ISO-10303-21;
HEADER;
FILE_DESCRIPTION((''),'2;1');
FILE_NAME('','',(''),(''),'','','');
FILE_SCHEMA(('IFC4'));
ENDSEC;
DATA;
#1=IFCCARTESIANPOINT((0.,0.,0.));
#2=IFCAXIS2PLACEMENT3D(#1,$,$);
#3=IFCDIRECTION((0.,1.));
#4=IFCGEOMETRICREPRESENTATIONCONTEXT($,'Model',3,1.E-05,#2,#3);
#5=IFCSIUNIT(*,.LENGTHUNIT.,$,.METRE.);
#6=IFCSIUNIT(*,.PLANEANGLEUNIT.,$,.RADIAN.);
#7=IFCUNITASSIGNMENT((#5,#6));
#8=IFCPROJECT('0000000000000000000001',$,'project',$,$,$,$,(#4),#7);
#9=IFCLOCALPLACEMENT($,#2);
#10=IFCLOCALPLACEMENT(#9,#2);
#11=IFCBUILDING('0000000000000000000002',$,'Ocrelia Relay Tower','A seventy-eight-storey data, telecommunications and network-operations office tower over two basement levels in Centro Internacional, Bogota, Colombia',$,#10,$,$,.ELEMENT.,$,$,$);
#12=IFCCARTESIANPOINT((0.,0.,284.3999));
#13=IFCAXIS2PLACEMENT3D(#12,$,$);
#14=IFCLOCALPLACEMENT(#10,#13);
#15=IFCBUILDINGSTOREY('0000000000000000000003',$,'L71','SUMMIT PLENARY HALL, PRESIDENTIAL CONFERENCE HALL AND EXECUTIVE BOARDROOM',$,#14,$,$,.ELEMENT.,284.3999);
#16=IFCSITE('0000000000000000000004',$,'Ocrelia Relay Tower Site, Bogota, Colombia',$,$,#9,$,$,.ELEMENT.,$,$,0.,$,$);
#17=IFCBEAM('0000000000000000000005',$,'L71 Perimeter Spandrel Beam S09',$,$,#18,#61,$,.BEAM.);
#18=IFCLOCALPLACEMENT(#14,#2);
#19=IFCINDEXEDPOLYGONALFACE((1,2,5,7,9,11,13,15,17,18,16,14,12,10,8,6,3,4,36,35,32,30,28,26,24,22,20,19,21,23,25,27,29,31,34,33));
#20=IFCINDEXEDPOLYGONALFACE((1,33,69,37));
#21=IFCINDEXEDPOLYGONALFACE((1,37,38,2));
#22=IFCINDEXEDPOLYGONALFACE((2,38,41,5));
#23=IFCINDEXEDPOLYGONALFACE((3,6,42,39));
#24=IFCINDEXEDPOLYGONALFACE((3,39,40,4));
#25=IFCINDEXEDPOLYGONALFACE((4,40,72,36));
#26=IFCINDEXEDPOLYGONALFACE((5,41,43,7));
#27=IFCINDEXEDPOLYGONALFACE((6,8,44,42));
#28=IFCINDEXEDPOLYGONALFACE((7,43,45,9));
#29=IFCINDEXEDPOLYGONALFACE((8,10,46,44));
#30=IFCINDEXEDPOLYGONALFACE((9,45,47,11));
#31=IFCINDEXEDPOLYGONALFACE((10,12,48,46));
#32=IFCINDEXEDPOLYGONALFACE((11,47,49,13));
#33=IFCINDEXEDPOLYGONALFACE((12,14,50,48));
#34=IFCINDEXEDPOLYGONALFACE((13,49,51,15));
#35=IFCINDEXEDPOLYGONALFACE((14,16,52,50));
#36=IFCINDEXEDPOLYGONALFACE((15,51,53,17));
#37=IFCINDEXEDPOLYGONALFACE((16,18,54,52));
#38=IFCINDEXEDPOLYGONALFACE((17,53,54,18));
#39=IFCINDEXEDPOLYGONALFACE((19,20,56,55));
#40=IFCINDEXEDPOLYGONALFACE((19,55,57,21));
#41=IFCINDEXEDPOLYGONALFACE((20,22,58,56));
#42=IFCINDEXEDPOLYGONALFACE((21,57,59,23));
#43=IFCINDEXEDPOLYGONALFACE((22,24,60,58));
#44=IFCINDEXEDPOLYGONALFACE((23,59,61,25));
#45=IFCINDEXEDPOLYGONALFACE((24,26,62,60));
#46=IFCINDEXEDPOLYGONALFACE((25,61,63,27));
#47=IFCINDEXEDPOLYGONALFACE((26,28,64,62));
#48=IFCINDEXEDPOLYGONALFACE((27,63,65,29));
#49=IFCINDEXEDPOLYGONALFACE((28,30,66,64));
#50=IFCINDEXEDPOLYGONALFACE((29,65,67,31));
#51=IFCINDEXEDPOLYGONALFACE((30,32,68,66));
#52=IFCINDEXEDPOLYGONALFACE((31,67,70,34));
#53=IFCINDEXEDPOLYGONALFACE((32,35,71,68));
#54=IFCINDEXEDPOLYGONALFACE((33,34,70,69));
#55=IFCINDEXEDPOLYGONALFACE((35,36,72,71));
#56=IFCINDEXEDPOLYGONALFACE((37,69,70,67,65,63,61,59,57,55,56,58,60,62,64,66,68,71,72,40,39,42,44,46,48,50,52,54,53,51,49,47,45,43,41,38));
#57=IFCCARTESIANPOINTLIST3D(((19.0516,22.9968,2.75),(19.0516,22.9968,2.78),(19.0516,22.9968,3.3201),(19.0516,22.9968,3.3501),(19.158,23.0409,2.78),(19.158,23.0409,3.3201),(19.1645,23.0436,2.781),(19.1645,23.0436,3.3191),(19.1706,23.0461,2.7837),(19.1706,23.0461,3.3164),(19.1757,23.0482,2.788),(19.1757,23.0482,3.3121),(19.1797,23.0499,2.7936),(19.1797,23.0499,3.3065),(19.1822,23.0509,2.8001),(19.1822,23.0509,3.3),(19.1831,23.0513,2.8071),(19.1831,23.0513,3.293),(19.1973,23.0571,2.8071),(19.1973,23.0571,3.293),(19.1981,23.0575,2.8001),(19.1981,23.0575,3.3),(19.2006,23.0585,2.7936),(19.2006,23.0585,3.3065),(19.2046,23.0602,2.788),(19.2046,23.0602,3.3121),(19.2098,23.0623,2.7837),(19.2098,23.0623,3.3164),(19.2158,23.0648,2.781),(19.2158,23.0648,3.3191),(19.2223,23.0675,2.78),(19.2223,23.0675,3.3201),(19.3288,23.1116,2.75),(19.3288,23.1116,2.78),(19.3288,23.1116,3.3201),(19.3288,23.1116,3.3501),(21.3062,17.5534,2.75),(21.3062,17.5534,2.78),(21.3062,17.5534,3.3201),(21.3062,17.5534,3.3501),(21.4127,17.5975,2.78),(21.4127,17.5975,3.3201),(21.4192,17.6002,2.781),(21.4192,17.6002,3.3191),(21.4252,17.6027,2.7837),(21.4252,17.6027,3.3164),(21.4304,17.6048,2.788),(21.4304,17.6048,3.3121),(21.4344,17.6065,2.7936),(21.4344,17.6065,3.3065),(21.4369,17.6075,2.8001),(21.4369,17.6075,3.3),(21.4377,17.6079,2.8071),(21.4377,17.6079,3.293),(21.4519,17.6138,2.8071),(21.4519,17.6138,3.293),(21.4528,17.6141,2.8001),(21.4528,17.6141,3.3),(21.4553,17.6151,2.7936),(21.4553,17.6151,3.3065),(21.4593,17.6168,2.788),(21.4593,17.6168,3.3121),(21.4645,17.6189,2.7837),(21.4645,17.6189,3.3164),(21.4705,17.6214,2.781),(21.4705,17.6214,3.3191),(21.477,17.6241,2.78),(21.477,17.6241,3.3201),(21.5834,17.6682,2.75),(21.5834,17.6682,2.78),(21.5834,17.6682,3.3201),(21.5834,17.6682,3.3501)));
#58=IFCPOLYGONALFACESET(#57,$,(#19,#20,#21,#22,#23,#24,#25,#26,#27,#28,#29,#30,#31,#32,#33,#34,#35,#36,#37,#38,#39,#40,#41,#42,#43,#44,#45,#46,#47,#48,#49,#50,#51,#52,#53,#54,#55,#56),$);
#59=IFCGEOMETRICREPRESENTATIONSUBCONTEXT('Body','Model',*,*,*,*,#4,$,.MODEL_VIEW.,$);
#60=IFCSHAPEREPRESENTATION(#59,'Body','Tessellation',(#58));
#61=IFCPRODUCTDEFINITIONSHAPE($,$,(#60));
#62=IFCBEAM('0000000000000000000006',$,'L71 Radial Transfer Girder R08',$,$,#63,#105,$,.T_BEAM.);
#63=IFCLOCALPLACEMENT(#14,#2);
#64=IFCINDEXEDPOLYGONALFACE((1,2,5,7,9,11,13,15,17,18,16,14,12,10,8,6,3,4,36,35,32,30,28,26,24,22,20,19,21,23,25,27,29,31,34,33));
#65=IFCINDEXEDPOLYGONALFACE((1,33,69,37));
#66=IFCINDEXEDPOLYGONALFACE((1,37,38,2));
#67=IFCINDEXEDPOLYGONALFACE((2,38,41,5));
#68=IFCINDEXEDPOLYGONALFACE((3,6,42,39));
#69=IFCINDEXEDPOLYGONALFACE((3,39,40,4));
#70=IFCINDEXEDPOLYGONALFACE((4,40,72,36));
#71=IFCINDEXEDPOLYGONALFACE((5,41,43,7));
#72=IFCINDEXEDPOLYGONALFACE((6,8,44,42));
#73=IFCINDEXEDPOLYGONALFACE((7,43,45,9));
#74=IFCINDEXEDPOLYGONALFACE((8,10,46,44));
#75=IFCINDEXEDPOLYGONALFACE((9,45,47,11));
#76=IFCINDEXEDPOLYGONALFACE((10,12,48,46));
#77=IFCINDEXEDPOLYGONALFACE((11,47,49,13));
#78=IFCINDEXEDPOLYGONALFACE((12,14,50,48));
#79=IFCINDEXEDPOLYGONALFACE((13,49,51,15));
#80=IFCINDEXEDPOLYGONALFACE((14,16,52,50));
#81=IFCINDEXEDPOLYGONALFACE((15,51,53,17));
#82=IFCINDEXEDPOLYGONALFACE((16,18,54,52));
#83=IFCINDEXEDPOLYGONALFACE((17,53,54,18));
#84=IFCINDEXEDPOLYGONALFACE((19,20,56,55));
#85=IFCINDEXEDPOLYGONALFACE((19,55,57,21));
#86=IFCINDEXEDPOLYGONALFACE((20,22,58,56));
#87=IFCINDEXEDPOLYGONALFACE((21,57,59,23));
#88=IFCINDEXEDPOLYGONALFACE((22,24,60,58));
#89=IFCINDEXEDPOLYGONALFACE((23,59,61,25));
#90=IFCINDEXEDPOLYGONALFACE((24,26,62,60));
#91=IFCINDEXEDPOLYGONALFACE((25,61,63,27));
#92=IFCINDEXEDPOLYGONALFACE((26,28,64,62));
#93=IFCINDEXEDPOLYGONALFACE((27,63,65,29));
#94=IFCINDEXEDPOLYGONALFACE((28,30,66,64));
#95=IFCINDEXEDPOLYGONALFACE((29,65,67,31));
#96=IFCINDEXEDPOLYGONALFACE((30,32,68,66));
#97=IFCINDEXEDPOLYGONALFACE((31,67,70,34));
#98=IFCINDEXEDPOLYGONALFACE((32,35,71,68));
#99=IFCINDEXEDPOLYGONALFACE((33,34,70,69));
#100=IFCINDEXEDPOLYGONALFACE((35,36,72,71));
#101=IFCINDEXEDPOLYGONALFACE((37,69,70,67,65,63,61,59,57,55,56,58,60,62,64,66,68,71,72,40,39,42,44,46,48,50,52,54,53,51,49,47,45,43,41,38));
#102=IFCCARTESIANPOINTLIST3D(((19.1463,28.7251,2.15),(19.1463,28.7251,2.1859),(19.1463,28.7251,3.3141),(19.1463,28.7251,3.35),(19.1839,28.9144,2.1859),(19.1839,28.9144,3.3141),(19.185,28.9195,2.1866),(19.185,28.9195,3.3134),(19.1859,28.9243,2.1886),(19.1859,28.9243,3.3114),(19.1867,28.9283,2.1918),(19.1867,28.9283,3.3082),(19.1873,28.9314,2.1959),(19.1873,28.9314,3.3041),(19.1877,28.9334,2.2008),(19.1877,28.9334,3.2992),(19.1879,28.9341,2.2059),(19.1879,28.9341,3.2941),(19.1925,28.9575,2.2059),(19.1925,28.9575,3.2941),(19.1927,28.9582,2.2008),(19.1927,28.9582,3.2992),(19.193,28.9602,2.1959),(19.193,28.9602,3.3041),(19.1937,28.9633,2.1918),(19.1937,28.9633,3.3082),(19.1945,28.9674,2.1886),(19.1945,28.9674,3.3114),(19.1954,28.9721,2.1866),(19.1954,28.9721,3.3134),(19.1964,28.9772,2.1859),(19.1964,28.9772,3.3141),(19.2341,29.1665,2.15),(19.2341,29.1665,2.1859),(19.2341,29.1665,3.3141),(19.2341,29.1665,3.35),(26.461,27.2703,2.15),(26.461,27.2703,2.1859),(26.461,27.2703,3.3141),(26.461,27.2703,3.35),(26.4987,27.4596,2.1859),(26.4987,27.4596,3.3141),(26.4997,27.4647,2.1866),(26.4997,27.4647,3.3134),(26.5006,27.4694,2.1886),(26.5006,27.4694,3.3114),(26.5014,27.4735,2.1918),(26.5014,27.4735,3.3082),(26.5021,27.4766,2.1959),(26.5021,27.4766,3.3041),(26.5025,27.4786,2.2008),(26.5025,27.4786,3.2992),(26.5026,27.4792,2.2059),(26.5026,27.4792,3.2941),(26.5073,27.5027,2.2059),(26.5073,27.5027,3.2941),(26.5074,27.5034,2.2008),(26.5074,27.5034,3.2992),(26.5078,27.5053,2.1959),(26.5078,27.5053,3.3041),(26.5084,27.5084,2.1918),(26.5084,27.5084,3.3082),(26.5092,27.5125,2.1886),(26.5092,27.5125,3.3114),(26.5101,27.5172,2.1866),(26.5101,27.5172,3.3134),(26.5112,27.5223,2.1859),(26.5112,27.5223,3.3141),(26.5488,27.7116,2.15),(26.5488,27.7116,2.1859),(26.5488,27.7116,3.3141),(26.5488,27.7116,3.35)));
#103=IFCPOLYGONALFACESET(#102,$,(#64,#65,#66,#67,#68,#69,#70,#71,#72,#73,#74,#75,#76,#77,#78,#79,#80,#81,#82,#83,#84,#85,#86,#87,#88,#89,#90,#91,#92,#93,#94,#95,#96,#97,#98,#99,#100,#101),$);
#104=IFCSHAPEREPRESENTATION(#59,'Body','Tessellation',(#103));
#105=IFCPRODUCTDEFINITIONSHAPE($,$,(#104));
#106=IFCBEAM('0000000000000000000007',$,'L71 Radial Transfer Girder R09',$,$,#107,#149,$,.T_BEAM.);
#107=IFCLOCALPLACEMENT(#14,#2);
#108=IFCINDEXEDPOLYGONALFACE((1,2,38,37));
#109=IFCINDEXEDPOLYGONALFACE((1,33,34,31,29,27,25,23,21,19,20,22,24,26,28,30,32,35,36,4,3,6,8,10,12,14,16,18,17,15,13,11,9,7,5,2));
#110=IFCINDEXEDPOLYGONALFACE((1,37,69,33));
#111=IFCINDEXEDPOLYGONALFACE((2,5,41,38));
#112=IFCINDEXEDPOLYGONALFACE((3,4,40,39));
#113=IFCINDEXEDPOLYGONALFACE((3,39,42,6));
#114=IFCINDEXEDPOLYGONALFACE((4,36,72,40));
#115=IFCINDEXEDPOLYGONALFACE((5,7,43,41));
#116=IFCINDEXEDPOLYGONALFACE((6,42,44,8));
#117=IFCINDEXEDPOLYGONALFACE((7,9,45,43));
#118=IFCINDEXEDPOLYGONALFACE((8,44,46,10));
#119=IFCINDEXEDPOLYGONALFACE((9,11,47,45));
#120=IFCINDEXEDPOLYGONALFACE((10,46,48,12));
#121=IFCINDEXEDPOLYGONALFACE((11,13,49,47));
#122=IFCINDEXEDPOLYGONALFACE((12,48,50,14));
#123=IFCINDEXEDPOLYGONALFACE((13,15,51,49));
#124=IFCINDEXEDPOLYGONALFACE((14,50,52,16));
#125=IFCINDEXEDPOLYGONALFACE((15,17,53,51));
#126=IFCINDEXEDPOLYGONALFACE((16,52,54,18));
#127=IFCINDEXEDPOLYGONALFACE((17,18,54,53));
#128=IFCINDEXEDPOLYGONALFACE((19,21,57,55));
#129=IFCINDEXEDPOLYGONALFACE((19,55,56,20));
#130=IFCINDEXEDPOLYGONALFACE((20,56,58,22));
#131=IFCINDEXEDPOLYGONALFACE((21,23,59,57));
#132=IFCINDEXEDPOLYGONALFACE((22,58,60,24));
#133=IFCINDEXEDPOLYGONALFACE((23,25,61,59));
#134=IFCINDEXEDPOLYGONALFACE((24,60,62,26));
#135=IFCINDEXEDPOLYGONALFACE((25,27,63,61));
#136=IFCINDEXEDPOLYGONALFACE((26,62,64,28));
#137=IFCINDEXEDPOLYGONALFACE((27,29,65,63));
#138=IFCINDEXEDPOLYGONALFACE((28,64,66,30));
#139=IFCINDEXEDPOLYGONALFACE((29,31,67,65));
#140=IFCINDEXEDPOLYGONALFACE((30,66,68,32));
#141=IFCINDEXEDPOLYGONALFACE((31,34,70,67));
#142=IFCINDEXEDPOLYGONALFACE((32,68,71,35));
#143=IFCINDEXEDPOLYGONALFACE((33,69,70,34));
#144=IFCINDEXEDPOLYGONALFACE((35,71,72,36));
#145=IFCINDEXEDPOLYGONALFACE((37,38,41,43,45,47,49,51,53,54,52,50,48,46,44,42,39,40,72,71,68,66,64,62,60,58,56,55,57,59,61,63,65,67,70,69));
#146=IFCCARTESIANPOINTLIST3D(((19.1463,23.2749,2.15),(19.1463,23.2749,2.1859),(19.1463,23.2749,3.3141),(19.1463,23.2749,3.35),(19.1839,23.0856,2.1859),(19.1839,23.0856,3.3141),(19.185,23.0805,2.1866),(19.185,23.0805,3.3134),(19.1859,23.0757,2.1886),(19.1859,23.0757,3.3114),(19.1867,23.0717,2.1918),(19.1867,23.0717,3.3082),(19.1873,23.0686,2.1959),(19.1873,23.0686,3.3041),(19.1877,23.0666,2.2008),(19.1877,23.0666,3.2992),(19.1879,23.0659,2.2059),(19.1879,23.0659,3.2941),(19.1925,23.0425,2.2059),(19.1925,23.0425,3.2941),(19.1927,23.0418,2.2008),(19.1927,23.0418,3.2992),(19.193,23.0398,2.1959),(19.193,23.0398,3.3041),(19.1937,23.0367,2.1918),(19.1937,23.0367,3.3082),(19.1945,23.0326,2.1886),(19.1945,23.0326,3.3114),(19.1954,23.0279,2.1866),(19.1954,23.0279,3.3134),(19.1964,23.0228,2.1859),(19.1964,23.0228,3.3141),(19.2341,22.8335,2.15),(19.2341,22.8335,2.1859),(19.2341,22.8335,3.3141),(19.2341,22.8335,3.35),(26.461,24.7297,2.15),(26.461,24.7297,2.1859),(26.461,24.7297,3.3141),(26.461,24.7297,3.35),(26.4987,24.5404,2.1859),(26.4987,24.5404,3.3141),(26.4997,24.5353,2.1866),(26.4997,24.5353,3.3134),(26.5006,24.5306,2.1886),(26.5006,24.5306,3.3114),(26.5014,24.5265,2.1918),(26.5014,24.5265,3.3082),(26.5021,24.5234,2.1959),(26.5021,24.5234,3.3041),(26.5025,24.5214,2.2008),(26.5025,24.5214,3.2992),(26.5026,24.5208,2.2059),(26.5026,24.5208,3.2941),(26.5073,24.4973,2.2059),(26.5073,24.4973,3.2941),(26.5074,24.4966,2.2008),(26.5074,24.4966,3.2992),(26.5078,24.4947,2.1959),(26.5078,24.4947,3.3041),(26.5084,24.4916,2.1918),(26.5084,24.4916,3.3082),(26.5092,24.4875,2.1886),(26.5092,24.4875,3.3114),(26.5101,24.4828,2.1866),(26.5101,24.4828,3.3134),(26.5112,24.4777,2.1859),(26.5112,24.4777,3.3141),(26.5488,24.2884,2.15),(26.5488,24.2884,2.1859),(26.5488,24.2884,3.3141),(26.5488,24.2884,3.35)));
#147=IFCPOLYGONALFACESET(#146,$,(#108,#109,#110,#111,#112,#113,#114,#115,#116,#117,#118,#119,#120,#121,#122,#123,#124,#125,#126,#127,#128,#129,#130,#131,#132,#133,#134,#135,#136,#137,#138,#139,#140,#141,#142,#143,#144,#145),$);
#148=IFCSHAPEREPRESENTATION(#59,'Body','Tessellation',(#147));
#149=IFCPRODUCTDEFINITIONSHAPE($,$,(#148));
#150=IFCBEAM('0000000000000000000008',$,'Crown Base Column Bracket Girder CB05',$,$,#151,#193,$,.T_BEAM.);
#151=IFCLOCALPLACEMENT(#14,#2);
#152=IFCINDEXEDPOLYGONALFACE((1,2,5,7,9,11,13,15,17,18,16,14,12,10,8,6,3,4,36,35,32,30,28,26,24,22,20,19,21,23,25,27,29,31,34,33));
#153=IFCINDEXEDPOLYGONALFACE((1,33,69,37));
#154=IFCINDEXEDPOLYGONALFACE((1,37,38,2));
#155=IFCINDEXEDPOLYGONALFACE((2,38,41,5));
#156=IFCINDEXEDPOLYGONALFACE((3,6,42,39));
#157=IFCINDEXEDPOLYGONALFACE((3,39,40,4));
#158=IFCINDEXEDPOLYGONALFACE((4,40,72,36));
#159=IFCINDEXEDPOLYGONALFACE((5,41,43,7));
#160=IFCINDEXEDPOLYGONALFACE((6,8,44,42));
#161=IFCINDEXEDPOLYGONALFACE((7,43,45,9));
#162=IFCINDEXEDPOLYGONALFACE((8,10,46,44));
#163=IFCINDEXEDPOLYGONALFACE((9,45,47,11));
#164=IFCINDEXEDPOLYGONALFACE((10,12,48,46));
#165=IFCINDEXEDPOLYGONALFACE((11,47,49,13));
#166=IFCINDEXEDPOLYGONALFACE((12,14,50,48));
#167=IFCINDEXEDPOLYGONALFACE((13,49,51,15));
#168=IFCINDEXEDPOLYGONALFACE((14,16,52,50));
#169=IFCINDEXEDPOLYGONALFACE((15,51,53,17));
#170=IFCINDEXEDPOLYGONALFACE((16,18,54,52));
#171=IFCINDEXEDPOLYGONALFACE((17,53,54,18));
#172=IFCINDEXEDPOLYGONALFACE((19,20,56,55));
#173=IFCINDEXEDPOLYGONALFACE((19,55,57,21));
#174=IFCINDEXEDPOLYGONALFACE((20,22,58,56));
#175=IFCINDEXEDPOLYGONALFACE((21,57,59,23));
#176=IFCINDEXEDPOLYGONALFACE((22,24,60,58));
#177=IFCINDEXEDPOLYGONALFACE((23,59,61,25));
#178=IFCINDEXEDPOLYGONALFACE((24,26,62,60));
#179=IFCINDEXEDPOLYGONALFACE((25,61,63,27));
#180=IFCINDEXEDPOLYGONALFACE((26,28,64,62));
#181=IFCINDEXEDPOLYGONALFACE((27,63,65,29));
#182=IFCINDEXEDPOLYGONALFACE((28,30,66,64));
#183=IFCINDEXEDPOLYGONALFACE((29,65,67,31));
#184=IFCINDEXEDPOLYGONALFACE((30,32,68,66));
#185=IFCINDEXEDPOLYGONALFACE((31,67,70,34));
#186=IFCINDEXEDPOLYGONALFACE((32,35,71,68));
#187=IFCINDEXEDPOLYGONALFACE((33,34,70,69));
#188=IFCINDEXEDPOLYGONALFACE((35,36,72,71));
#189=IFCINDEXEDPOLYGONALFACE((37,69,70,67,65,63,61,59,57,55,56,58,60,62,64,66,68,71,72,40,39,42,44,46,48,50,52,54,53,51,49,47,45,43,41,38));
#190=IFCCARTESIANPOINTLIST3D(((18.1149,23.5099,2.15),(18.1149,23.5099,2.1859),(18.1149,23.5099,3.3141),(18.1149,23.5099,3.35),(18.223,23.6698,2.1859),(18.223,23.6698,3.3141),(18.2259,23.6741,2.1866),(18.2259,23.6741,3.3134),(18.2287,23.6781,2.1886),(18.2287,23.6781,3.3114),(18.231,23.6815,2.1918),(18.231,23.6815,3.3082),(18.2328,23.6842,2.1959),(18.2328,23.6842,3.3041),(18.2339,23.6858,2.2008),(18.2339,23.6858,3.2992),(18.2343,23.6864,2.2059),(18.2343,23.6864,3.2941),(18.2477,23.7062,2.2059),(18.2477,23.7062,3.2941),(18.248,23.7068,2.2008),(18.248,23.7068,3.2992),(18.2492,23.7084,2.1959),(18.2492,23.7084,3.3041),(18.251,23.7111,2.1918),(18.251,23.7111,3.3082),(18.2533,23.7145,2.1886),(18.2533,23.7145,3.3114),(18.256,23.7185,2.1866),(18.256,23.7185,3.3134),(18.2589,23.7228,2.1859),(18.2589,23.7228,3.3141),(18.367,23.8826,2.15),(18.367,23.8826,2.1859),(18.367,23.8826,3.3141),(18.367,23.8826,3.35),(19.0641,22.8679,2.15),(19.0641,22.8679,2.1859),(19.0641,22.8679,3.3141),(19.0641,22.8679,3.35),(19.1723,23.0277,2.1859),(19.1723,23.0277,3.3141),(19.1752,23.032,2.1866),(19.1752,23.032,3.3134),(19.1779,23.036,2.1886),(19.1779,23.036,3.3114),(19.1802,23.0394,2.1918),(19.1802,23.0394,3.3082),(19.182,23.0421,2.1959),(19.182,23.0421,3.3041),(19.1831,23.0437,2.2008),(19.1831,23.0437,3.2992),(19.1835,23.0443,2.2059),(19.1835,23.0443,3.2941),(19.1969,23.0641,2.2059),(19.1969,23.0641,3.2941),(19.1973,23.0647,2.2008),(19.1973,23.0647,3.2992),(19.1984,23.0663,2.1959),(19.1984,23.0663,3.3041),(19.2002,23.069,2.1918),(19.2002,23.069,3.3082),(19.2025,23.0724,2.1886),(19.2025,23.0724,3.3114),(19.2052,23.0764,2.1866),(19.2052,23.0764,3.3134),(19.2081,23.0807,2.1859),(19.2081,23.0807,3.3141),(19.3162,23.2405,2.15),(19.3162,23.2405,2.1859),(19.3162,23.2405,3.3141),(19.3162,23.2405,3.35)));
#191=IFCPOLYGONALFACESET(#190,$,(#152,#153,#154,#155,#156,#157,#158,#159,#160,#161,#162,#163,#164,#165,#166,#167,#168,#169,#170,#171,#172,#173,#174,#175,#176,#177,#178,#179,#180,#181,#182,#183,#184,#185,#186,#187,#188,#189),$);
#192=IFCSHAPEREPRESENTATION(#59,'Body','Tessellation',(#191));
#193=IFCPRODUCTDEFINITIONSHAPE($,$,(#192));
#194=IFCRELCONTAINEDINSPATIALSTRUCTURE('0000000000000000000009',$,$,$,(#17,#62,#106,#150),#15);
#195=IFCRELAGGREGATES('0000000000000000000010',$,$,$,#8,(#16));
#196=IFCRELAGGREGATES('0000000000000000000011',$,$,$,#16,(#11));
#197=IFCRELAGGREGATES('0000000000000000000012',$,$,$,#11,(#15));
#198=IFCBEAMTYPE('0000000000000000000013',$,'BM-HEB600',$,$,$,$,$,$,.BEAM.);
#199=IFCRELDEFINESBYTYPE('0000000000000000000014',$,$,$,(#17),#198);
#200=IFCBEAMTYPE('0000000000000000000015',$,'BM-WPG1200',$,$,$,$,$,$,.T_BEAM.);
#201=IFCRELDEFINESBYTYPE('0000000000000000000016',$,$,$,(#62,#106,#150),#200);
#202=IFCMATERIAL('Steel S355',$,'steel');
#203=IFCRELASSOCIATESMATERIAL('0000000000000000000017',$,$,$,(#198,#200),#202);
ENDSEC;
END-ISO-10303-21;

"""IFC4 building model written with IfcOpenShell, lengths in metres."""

from ifc_helpers import new_model, si_unit, direction, frame, origin, origin_2d, place, context, subcontext, project, spatial, i_section, extrude, material, material_profile, profile_set, type_object, element, save


model = new_model("IFC4")

# Units and contexts
model_context = context("Model", 3, precision=1e-05, world=origin(), true_north=direction((0.0, 1.0)))
body_context = subcontext(model_context, "Body", "Model", "MODEL_VIEW")
ifc_project = project(units=[si_unit("LENGTHUNIT", "METRE"), si_unit("PLANEANGLEUNIT", "RADIAN")], contexts=[model_context])

# Site, building, storey
site_placement = place(None, origin())
site = spatial("IfcSite", under=ifc_project, at=site_placement, Name="Ocrelia Relay Tower Site, Bogota, Colombia", CompositionType="ELEMENT", RefElevation=0.0)
building_placement = place(site_placement, origin())
building = spatial("IfcBuilding", under=site, at=building_placement, Name="Ocrelia Relay Tower", Description="A seventy-eight-storey data, telecommunications and network-operations office tower over two basement levels in Centro Internacional, Bogota, Colombia", CompositionType="ELEMENT")
storey_placement = place(building_placement, frame((0.0, 0.0, 284.3999)))
storey = spatial("IfcBuildingStorey", under=building, at=storey_placement, Name="L71", Description="SUMMIT PLENARY HALL, PRESIDENTIAL CONFERENCE HALL AND EXECUTIVE BOARDROOM", CompositionType="ELEMENT", Elevation=284.3999)

# Beams
ifc_material_1 = material(Name="Steel S355", Category="steel")
ifc_material_profile_1 = material_profile(ifc_material_1, i_section(OverallWidth=0.3, OverallDepth=0.6001, WebThickness=0.0154, FlangeThickness=0.03, FilletRadius=0.0271, at=origin_2d()), Name="HEB 600")
ifc_profile_set_1 = profile_set([ifc_material_profile_1], Name="Steel S355")
beam_type_1 = type_object("IfcBeamType", Name="BM-HEB600", PredefinedType="BEAM", material=ifc_profile_set_1)
beam_1_placement = place(storey_placement, frame((19.1902, 23.0542, 3.05), z_axis=(0.382673, -0.923884, 0.0), x_axis=(0.923884, 0.382673, 0.0)))
element("IfcBeam", 1, at=beam_1_placement, inside=storey, type_object=beam_type_1, Name="L71 Perimeter Spandrel Beam S09", PredefinedType="BEAM", context=body_context, shape_type="SweptSolid", body=[
    extrude(i_section(OverallWidth=0.3, OverallDepth=0.6001, WebThickness=0.0154, FlangeThickness=0.03, FilletRadius=0.0271, at=origin_2d()), origin(), (0.0, 0.0, 1.0), 5.8918),
])
ifc_material_profile_2 = material_profile(ifc_material_1, i_section(OverallWidth=0.45, OverallDepth=1.2, WebThickness=0.0239, FlangeThickness=0.0359, FilletRadius=0.02, at=origin_2d()), Name="WPG 1200x450")
ifc_profile_set_2 = profile_set([ifc_material_profile_2], Name="Steel S355")
beam_type_2 = type_object("IfcBeamType", Name="BM-WPG1200", PredefinedType="T_BEAM", material=ifc_profile_set_2)
for number, where, z_axis, x_axis, name in (
    (2, (19.1902, 28.9458, 2.75), (0.980789, -0.195071, 0.0), (0.195071, 0.980789, 0.0), "L71 Radial Transfer Girder R08"),
    (3, (19.1902, 23.0542, 2.75), (0.980789, 0.195071, 0.0), (-0.195071, 0.980789, 0.0), "L71 Radial Transfer Girder R09"),
):
    element("IfcBeam", number, at=place(storey_placement, frame(where, z_axis=z_axis, x_axis=x_axis)), inside=storey, type_object=beam_type_2, Name=name, PredefinedType="T_BEAM", context=body_context, shape_type="SweptSolid", body=[
        extrude(i_section(OverallWidth=0.45, OverallDepth=1.2, WebThickness=0.0239, FlangeThickness=0.0359, FilletRadius=0.02, at=origin_2d()), origin(), (0.0, 0.0, 1.0), 7.458),
    ])
beam_2_placement = place(storey_placement, frame((19.1902, 23.0542, 2.75), z_axis=(-0.828295, 0.560292, 0.0), x_axis=(-0.560292, -0.828295, 0.0)))
element("IfcBeam", 4, at=beam_2_placement, inside=storey, type_object=beam_type_2, Name="Crown Base Column Bracket Girder CB05", PredefinedType="T_BEAM", context=body_context, shape_type="SweptSolid", body=[
    extrude(i_section(OverallWidth=0.45, OverallDepth=1.2, WebThickness=0.0239, FlangeThickness=0.0359, FilletRadius=0.02, at=origin_2d()), origin(), (0.0, 0.0, 1.0), 1.146),
])

save(model, "model.ifc")
